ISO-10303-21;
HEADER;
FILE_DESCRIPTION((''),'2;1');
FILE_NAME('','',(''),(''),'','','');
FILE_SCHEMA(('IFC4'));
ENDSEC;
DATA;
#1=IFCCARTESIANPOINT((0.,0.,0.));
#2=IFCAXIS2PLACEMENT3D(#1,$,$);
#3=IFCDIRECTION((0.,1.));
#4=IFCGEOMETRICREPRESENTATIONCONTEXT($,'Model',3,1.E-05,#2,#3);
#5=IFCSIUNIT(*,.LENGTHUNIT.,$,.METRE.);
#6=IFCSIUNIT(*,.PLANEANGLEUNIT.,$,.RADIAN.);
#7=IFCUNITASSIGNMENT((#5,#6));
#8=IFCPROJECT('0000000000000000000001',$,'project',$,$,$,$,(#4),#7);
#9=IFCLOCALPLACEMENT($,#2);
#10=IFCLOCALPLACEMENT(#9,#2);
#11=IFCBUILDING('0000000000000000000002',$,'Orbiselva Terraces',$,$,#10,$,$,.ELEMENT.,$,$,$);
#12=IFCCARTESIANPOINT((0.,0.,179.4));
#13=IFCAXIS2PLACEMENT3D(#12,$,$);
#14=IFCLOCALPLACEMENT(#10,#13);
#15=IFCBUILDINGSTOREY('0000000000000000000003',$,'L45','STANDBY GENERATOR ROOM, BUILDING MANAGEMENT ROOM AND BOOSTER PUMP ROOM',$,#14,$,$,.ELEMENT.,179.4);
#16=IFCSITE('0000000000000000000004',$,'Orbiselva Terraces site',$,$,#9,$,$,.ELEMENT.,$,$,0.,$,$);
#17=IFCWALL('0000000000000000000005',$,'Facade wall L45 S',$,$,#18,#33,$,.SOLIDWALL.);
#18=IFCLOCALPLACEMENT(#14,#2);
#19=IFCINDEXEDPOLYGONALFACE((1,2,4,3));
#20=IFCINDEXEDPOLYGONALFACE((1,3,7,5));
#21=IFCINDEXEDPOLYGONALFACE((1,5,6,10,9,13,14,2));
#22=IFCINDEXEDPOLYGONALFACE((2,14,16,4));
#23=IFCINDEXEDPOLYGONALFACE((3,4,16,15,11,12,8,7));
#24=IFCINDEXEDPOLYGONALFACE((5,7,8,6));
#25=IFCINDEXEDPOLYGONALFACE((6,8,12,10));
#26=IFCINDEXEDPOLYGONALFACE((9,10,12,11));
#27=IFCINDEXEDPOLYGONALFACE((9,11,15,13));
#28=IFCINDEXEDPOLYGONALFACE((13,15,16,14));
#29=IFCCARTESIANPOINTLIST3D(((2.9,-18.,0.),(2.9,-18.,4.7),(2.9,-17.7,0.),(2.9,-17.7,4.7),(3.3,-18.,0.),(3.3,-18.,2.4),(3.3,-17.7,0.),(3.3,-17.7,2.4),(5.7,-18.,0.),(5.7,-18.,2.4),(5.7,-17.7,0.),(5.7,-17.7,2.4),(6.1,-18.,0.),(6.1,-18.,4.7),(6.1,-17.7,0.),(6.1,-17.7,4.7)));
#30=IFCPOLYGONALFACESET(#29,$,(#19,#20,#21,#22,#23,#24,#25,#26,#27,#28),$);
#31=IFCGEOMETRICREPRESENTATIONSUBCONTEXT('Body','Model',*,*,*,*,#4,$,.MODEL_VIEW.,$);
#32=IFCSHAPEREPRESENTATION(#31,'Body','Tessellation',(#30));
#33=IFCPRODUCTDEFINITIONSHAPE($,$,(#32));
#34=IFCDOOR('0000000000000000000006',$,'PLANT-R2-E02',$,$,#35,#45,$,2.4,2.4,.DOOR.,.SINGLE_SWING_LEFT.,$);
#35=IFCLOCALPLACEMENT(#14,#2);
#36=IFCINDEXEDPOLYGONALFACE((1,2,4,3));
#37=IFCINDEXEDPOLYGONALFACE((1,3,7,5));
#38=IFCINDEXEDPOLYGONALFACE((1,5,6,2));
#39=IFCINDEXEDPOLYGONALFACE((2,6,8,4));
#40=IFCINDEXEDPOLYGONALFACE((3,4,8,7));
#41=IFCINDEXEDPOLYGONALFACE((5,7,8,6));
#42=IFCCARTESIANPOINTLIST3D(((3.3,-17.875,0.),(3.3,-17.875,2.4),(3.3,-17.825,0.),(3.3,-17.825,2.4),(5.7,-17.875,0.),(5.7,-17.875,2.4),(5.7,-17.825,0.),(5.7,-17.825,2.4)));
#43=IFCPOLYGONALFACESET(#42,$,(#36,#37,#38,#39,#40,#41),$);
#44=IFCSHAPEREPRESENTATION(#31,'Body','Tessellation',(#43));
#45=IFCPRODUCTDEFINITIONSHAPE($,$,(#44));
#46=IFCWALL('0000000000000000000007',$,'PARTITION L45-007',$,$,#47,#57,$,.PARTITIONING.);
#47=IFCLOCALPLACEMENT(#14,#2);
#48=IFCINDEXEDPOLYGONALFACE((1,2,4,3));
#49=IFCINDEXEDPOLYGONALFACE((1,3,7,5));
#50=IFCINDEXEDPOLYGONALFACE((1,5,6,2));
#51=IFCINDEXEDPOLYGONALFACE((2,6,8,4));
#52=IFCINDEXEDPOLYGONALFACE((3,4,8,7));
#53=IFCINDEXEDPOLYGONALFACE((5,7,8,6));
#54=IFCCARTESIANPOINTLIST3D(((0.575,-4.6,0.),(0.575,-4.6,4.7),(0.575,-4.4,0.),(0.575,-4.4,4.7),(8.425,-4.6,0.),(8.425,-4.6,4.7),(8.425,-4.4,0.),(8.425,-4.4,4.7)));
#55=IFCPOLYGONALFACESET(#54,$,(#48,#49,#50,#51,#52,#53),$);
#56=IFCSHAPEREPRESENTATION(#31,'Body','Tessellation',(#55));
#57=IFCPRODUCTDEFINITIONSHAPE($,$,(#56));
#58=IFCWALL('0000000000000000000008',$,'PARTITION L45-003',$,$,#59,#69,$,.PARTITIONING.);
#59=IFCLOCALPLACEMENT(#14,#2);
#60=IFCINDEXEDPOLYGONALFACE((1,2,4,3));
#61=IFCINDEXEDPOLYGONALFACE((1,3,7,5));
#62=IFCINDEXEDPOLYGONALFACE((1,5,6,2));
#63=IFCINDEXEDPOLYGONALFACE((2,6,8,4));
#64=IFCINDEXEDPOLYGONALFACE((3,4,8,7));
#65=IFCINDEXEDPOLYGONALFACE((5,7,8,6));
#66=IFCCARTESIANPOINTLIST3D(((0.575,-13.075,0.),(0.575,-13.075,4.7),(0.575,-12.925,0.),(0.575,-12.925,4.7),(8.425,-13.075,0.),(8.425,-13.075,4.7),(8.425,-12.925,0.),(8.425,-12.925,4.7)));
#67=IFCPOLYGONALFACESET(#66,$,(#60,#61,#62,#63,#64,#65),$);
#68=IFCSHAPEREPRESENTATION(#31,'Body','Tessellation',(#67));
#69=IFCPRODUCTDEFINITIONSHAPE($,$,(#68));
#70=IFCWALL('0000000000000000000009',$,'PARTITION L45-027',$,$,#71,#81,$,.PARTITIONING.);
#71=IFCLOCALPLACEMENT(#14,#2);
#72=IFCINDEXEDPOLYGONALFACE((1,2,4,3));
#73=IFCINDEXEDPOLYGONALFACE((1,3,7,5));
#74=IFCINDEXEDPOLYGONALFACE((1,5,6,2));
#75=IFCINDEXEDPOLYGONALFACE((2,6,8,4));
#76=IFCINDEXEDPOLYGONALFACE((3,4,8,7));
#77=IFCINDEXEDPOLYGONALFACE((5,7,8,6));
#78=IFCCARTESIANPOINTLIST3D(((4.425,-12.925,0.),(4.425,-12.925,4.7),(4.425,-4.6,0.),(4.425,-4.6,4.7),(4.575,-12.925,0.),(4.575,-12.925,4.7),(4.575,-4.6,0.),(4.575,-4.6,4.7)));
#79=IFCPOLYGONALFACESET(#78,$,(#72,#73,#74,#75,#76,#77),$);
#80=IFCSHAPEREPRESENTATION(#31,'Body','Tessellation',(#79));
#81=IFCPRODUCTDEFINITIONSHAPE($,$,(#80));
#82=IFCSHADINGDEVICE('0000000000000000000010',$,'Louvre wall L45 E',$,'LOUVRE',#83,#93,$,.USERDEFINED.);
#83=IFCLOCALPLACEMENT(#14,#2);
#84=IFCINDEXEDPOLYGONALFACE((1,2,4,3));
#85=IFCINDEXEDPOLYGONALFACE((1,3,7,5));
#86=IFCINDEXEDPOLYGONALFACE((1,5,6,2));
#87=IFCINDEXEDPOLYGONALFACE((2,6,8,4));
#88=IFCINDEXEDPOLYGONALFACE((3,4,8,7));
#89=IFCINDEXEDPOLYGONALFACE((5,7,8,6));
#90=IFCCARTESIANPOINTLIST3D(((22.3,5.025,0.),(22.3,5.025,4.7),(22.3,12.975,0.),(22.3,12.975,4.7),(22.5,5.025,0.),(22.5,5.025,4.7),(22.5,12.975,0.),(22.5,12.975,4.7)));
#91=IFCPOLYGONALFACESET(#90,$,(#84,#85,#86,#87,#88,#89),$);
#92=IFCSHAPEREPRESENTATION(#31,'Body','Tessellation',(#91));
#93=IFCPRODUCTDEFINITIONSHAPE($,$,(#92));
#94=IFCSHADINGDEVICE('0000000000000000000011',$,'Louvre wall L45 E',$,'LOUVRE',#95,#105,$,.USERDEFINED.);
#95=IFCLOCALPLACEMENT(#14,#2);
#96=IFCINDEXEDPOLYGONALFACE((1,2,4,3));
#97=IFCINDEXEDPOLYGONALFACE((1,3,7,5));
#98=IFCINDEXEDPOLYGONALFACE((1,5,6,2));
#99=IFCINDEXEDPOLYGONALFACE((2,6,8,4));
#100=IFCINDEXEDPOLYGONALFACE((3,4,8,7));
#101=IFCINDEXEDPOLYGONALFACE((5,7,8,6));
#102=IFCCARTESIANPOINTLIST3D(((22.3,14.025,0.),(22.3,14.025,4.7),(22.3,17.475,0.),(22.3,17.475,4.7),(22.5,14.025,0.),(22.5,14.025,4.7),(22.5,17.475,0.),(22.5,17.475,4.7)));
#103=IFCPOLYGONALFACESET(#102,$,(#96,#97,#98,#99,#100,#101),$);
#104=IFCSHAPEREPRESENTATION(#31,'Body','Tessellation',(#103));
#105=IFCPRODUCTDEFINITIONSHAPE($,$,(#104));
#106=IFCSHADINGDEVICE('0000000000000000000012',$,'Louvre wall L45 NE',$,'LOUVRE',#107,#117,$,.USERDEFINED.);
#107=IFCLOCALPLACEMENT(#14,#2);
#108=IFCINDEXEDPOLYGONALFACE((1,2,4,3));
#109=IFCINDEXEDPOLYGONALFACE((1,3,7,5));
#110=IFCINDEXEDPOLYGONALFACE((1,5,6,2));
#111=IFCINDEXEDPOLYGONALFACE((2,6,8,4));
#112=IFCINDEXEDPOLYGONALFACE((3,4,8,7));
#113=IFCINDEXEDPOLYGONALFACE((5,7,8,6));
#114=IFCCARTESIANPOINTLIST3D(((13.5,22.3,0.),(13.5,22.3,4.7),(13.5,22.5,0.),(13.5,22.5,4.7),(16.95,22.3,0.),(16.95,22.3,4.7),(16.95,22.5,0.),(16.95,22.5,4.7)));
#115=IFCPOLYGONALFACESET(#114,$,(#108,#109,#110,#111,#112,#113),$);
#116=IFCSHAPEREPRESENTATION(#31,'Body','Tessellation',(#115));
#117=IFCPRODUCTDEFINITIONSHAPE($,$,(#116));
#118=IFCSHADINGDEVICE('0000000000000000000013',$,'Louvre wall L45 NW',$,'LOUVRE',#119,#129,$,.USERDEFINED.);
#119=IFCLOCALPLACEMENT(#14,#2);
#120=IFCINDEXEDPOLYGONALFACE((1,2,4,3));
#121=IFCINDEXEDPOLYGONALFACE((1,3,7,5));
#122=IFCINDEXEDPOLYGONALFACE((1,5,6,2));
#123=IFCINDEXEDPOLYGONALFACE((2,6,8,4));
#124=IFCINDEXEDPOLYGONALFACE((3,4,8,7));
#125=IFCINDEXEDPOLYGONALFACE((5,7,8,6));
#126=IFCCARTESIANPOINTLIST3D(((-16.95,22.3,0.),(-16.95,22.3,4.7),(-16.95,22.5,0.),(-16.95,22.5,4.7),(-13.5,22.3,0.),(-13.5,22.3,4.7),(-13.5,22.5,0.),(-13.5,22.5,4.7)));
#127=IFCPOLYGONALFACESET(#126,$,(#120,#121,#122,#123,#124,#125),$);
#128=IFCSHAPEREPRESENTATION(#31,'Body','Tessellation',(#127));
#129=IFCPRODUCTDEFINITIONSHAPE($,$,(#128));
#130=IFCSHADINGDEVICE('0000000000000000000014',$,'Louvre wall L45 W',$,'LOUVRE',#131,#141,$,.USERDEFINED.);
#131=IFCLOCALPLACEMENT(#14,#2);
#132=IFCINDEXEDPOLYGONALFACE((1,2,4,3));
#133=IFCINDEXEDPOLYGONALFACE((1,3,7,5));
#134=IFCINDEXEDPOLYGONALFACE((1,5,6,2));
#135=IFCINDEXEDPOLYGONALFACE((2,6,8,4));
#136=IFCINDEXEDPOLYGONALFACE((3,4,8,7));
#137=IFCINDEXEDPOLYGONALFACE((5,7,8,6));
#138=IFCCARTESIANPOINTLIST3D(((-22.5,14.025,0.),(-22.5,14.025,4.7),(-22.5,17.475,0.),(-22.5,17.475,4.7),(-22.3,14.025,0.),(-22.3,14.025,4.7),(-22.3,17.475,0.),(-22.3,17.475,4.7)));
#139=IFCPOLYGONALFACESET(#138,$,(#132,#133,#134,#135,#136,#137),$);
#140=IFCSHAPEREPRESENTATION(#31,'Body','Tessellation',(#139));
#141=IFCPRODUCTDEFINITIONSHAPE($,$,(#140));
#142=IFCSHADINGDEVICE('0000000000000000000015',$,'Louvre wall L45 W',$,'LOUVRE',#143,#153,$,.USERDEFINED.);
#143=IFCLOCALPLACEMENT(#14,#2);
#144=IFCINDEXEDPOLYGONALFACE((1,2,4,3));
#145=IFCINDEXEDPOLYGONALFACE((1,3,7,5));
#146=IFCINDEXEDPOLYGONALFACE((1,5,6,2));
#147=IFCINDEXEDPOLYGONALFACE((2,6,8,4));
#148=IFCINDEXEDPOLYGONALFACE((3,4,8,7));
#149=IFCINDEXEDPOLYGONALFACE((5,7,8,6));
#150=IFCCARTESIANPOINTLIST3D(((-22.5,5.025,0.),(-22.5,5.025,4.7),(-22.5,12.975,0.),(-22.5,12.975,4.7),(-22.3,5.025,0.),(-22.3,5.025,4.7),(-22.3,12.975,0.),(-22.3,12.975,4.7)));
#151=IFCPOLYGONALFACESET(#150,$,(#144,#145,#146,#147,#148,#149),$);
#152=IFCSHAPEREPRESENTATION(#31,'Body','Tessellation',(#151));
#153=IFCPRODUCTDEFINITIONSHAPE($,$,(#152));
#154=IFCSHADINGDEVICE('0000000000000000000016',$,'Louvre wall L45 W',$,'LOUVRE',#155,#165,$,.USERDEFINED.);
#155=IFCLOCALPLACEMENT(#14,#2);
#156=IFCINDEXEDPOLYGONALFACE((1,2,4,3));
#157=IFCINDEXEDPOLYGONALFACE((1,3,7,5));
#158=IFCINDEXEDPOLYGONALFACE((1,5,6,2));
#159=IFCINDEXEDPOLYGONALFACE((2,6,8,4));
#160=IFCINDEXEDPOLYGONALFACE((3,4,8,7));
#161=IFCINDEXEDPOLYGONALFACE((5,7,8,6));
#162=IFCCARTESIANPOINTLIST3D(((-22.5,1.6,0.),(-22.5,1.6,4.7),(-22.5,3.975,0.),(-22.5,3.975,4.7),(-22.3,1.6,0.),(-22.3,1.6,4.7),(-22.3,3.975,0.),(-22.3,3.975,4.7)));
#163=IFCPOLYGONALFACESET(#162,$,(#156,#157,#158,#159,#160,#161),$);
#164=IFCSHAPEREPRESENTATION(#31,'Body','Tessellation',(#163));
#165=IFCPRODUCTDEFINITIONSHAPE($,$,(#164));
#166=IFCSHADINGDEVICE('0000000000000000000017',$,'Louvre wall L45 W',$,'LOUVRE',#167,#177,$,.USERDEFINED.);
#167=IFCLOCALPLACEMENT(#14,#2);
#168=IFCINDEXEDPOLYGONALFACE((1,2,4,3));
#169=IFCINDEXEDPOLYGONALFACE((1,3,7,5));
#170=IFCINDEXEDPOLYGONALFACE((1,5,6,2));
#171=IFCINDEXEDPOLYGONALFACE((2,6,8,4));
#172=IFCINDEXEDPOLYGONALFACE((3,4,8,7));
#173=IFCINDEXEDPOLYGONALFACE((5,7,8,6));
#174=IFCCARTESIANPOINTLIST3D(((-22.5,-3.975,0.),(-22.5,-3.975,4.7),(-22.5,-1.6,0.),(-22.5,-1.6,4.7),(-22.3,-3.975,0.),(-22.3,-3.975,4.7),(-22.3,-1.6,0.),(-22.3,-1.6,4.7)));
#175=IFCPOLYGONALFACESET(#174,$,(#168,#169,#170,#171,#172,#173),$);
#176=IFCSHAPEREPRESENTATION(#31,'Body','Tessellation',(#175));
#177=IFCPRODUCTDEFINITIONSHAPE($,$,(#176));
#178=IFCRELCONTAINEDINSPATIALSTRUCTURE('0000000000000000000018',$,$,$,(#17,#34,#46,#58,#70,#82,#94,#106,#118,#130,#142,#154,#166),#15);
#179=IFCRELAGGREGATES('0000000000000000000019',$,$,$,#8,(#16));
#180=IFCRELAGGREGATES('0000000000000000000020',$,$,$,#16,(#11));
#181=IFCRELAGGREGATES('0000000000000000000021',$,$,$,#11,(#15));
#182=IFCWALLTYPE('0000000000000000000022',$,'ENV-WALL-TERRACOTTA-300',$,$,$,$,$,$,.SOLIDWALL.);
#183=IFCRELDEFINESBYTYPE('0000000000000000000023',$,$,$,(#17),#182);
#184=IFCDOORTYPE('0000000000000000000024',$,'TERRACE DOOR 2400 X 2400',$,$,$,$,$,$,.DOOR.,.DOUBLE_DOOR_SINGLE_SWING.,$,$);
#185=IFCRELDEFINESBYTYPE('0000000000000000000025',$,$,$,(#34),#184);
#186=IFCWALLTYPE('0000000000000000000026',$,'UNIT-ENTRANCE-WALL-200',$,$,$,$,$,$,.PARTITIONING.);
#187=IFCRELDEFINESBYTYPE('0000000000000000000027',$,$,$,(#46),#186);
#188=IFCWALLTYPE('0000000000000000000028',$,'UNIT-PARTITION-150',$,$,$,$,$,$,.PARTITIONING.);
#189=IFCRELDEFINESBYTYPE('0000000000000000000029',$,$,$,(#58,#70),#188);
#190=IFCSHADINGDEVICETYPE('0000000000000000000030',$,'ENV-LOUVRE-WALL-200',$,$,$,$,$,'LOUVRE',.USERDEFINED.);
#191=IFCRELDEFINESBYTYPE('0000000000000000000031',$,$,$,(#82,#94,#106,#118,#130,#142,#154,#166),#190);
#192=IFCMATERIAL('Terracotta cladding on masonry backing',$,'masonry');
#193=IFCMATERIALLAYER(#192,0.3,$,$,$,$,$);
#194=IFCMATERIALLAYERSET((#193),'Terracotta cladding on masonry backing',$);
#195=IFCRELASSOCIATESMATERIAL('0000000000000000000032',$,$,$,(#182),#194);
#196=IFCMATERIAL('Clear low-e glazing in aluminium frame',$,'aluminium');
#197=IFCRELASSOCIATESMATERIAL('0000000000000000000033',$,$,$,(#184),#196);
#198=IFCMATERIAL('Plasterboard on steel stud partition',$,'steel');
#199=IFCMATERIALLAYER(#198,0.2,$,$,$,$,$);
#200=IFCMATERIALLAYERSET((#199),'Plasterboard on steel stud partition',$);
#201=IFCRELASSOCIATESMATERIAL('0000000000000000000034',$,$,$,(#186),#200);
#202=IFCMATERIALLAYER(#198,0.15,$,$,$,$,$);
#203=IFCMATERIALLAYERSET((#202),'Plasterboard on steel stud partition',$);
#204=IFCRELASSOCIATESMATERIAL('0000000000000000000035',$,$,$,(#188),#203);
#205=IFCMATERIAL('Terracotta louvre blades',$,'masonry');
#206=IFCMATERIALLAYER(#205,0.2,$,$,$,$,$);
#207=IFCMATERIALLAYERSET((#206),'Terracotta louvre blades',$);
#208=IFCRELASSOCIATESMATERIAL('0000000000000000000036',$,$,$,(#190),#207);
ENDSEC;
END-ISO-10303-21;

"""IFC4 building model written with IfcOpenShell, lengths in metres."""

from ifc_helpers import new_model, si_unit, direction, frame, frame_2d, origin, place, context, subcontext, project, spatial, polyline, rectangle, outline, extrude, material, layer, layer_set, type_object, element, fill, save


model = new_model("IFC4")

# Units and contexts
model_context = context("Model", 3, precision=1e-05, world=origin(), true_north=direction((0.0, 1.0)))
body_context = subcontext(model_context, "Body", "Model", "MODEL_VIEW")
ifc_project = project(units=[si_unit("LENGTHUNIT", "METRE"), si_unit("PLANEANGLEUNIT", "RADIAN")], contexts=[model_context])

# Site, building, storey
site_placement = place(None, origin())
site = spatial("IfcSite", under=ifc_project, at=site_placement, Name="Orbiselva Terraces site", CompositionType="ELEMENT", RefElevation=0.0)
building_placement = place(site_placement, origin())
building = spatial("IfcBuilding", under=site, at=building_placement, Name="Orbiselva Terraces", CompositionType="ELEMENT")
storey_placement = place(building_placement, frame((0.0, 0.0, 179.4)))
storey = spatial("IfcBuildingStorey", under=building, at=storey_placement, Name="L45", Description="STANDBY GENERATOR ROOM, BUILDING MANAGEMENT ROOM AND BOOSTER PUMP ROOM", CompositionType="ELEMENT", Elevation=179.4)

# Wall, opening, door
ifc_material_1 = material(Name="Terracotta cladding on masonry backing", Category="masonry")
ifc_layer_1 = layer(ifc_material_1, 0.3)
ifc_layer_set_1 = layer_set([ifc_layer_1], Name="Terracotta cladding on masonry backing")
wall_type_1 = type_object("IfcWallType", Name="ENV-WALL-TERRACOTTA-300", PredefinedType="SOLIDWALL", material=ifc_layer_set_1)
wall_1_placement = place(storey_placement, frame((6.1, -17.85, 0.0), z_axis=(0.0, 0.0, 1.0), x_axis=(-1.0, 0.0, 0.0)))
wall_1 = element("IfcWall", 1, at=wall_1_placement, inside=storey, type_object=wall_type_1, Name="Facade wall L45 S", PredefinedType="SOLIDWALL", context=body_context, shape_type="SweptSolid", body=[
    extrude(rectangle(XDim=3.2, YDim=0.3, at=frame_2d((1.6, 0.0))), origin(), (0.0, 0.0, 1.0), 4.7),
])
opening_placement = place(wall_1_placement, frame((0.4, 0.0, 0.0)))
opening = element("IfcOpeningElement", 2, at=opening_placement, cuts=wall_1, PredefinedType="OPENING", context=body_context, shape_type="SweptSolid", body=[
    extrude(rectangle(XDim=2.4, YDim=2.4, at=frame_2d((1.2, 1.2))), frame((0.0, 0.16, 0.0), z_axis=(0.0, -1.0, 0.0), x_axis=(1.0, 0.0, 0.0)), (0.0, 0.0, 1.0), 0.32),
])
ifc_material_2 = material(Name="Clear low-e glazing in aluminium frame", Category="aluminium")
door_type = type_object("IfcDoorType", Name="TERRACE DOOR 2400 X 2400", OperationType="DOUBLE_DOOR_SINGLE_SWING", PredefinedType="DOOR", material=ifc_material_2)
door_placement = place(opening_placement, origin())
door = element("IfcDoor", 3, at=door_placement, inside=storey, type_object=door_type, Name="PLANT-R2-E02", OperationType="SINGLE_SWING_LEFT", OverallHeight=2.4, OverallWidth=2.4, PredefinedType="DOOR", context=body_context, shape_type="SweptSolid", body=[
    extrude(rectangle(XDim=2.4, YDim=2.4, at=frame_2d((1.2, 1.2))), frame((0.0, 0.025, 0.0), z_axis=(0.0, -1.0, 0.0), x_axis=(1.0, 0.0, 0.0)), (0.0, 0.0, 1.0), 0.05),
])
fill(opening, door)

# Walls
ifc_material_3 = material(Name="Plasterboard on steel stud partition", Category="steel")
ifc_layer_2 = layer(ifc_material_3, 0.2)
ifc_layer_set_2 = layer_set([ifc_layer_2], Name="Plasterboard on steel stud partition")
wall_type_2 = type_object("IfcWallType", Name="UNIT-ENTRANCE-WALL-200", PredefinedType="PARTITIONING", material=ifc_layer_set_2)
wall_2_placement = place(storey_placement, frame((0.575, -4.5, 0.0), z_axis=(0.0, 0.0, 1.0), x_axis=(1.0, 0.0, 0.0)))
element("IfcWall", 4, at=wall_2_placement, inside=storey, type_object=wall_type_2, Name="PARTITION L45-007", PredefinedType="PARTITIONING", context=body_context, shape_type="SweptSolid", body=[
    extrude(rectangle(XDim=7.85, YDim=0.2, at=frame_2d((3.925, 0.0))), origin(), (0.0, 0.0, 1.0), 4.7),
])
ifc_layer_3 = layer(ifc_material_3, 0.15)
ifc_layer_set_3 = layer_set([ifc_layer_3], Name="Plasterboard on steel stud partition")
wall_type_3 = type_object("IfcWallType", Name="UNIT-PARTITION-150", PredefinedType="PARTITIONING", material=ifc_layer_set_3)
wall_3_placement = place(storey_placement, frame((0.575, -13.0, 0.0), z_axis=(0.0, 0.0, 1.0), x_axis=(1.0, 0.0, 0.0)))
element("IfcWall", 5, at=wall_3_placement, inside=storey, type_object=wall_type_3, Name="PARTITION L45-003", PredefinedType="PARTITIONING", context=body_context, shape_type="SweptSolid", body=[
    extrude(rectangle(XDim=7.85, YDim=0.15, at=frame_2d((3.925, 0.0))), origin(), (0.0, 0.0, 1.0), 4.7),
])
wall_4_placement = place(storey_placement, frame((4.5, -12.925, 0.0), z_axis=(0.0, 0.0, 1.0), x_axis=(0.0, 1.0, 0.0)))
element("IfcWall", 6, at=wall_4_placement, inside=storey, type_object=wall_type_3, Name="PARTITION L45-027", PredefinedType="PARTITIONING", context=body_context, shape_type="SweptSolid", body=[
    extrude(rectangle(XDim=8.325, YDim=0.15, at=frame_2d((4.1625, 0.0))), origin(), (0.0, 0.0, 1.0), 4.7),
])

# Shading devices
ifc_material_4 = material(Name="Terracotta louvre blades", Category="masonry")
ifc_layer_4 = layer(ifc_material_4, 0.2)
ifc_layer_set_4 = layer_set([ifc_layer_4], Name="Terracotta louvre blades")
shading_device_type = type_object("IfcShadingDeviceType", Name="ENV-LOUVRE-WALL-200", ElementType="LOUVRE", PredefinedType="USERDEFINED", material=ifc_layer_set_4)
shading_device_1_placement = place(storey_placement, origin())
element("IfcShadingDevice", 7, at=shading_device_1_placement, inside=storey, type_object=shading_device_type, Name="Louvre wall L45 E", ObjectType="LOUVRE", PredefinedType="USERDEFINED", context=body_context, shape_type="SweptSolid", body=[
    extrude(outline(polyline([(22.5, 5.025), (22.5, 12.975), (22.3, 12.975), (22.3, 5.025), (22.5, 5.025)])), origin(), (0.0, 0.0, 1.0), 4.7),
])
shading_device_2_placement = place(storey_placement, origin())
element("IfcShadingDevice", 8, at=shading_device_2_placement, inside=storey, type_object=shading_device_type, Name="Louvre wall L45 E", ObjectType="LOUVRE", PredefinedType="USERDEFINED", context=body_context, shape_type="SweptSolid", body=[
    extrude(outline(polyline([(22.5, 14.025), (22.5, 17.475), (22.3, 17.475), (22.3, 14.025), (22.5, 14.025)])), origin(), (0.0, 0.0, 1.0), 4.7),
])
shading_device_3_placement = place(storey_placement, origin())
element("IfcShadingDevice", 9, at=shading_device_3_placement, inside=storey, type_object=shading_device_type, Name="Louvre wall L45 NE", ObjectType="LOUVRE", PredefinedType="USERDEFINED", context=body_context, shape_type="SweptSolid", body=[
    extrude(outline(polyline([(16.95, 22.5), (13.5, 22.5), (13.5, 22.3), (16.95, 22.3), (16.95, 22.5)])), origin(), (0.0, 0.0, 1.0), 4.7),
])
shading_device_4_placement = place(storey_placement, origin())
element("IfcShadingDevice", 10, at=shading_device_4_placement, inside=storey, type_object=shading_device_type, Name="Louvre wall L45 NW", ObjectType="LOUVRE", PredefinedType="USERDEFINED", context=body_context, shape_type="SweptSolid", body=[
    extrude(outline(polyline([(-13.5, 22.5), (-16.95, 22.5), (-16.95, 22.3), (-13.5, 22.3), (-13.5, 22.5)])), origin(), (0.0, 0.0, 1.0), 4.7),
])
shading_device_5_placement = place(storey_placement, origin())
element("IfcShadingDevice", 11, at=shading_device_5_placement, inside=storey, type_object=shading_device_type, Name="Louvre wall L45 W", ObjectType="LOUVRE", PredefinedType="USERDEFINED", context=body_context, shape_type="SweptSolid", body=[
    extrude(outline(polyline([(-22.5, 17.475), (-22.5, 14.025), (-22.3, 14.025), (-22.3, 17.475), (-22.5, 17.475)])), origin(), (0.0, 0.0, 1.0), 4.7),
])
shading_device_6_placement = place(storey_placement, origin())
element("IfcShadingDevice", 12, at=shading_device_6_placement, inside=storey, type_object=shading_device_type, Name="Louvre wall L45 W", ObjectType="LOUVRE", PredefinedType="USERDEFINED", context=body_context, shape_type="SweptSolid", body=[
    extrude(outline(polyline([(-22.5, 12.975), (-22.5, 5.025), (-22.3, 5.025), (-22.3, 12.975), (-22.5, 12.975)])), origin(), (0.0, 0.0, 1.0), 4.7),
])
shading_device_7_placement = place(storey_placement, origin())
element("IfcShadingDevice", 13, at=shading_device_7_placement, inside=storey, type_object=shading_device_type, Name="Louvre wall L45 W", ObjectType="LOUVRE", PredefinedType="USERDEFINED", context=body_context, shape_type="SweptSolid", body=[
    extrude(outline(polyline([(-22.5, 3.975), (-22.5, 1.6), (-22.3, 1.6), (-22.3, 3.975), (-22.5, 3.975)])), origin(), (0.0, 0.0, 1.0), 4.7),
])
shading_device_8_placement = place(storey_placement, origin())
element("IfcShadingDevice", 14, at=shading_device_8_placement, inside=storey, type_object=shading_device_type, Name="Louvre wall L45 W", ObjectType="LOUVRE", PredefinedType="USERDEFINED", context=body_context, shape_type="SweptSolid", body=[
    extrude(outline(polyline([(-22.5, -1.6), (-22.5, -3.975), (-22.3, -3.975), (-22.3, -1.6), (-22.5, -1.6)])), origin(), (0.0, 0.0, 1.0), 4.7),
])

save(model, "model.ifc")
